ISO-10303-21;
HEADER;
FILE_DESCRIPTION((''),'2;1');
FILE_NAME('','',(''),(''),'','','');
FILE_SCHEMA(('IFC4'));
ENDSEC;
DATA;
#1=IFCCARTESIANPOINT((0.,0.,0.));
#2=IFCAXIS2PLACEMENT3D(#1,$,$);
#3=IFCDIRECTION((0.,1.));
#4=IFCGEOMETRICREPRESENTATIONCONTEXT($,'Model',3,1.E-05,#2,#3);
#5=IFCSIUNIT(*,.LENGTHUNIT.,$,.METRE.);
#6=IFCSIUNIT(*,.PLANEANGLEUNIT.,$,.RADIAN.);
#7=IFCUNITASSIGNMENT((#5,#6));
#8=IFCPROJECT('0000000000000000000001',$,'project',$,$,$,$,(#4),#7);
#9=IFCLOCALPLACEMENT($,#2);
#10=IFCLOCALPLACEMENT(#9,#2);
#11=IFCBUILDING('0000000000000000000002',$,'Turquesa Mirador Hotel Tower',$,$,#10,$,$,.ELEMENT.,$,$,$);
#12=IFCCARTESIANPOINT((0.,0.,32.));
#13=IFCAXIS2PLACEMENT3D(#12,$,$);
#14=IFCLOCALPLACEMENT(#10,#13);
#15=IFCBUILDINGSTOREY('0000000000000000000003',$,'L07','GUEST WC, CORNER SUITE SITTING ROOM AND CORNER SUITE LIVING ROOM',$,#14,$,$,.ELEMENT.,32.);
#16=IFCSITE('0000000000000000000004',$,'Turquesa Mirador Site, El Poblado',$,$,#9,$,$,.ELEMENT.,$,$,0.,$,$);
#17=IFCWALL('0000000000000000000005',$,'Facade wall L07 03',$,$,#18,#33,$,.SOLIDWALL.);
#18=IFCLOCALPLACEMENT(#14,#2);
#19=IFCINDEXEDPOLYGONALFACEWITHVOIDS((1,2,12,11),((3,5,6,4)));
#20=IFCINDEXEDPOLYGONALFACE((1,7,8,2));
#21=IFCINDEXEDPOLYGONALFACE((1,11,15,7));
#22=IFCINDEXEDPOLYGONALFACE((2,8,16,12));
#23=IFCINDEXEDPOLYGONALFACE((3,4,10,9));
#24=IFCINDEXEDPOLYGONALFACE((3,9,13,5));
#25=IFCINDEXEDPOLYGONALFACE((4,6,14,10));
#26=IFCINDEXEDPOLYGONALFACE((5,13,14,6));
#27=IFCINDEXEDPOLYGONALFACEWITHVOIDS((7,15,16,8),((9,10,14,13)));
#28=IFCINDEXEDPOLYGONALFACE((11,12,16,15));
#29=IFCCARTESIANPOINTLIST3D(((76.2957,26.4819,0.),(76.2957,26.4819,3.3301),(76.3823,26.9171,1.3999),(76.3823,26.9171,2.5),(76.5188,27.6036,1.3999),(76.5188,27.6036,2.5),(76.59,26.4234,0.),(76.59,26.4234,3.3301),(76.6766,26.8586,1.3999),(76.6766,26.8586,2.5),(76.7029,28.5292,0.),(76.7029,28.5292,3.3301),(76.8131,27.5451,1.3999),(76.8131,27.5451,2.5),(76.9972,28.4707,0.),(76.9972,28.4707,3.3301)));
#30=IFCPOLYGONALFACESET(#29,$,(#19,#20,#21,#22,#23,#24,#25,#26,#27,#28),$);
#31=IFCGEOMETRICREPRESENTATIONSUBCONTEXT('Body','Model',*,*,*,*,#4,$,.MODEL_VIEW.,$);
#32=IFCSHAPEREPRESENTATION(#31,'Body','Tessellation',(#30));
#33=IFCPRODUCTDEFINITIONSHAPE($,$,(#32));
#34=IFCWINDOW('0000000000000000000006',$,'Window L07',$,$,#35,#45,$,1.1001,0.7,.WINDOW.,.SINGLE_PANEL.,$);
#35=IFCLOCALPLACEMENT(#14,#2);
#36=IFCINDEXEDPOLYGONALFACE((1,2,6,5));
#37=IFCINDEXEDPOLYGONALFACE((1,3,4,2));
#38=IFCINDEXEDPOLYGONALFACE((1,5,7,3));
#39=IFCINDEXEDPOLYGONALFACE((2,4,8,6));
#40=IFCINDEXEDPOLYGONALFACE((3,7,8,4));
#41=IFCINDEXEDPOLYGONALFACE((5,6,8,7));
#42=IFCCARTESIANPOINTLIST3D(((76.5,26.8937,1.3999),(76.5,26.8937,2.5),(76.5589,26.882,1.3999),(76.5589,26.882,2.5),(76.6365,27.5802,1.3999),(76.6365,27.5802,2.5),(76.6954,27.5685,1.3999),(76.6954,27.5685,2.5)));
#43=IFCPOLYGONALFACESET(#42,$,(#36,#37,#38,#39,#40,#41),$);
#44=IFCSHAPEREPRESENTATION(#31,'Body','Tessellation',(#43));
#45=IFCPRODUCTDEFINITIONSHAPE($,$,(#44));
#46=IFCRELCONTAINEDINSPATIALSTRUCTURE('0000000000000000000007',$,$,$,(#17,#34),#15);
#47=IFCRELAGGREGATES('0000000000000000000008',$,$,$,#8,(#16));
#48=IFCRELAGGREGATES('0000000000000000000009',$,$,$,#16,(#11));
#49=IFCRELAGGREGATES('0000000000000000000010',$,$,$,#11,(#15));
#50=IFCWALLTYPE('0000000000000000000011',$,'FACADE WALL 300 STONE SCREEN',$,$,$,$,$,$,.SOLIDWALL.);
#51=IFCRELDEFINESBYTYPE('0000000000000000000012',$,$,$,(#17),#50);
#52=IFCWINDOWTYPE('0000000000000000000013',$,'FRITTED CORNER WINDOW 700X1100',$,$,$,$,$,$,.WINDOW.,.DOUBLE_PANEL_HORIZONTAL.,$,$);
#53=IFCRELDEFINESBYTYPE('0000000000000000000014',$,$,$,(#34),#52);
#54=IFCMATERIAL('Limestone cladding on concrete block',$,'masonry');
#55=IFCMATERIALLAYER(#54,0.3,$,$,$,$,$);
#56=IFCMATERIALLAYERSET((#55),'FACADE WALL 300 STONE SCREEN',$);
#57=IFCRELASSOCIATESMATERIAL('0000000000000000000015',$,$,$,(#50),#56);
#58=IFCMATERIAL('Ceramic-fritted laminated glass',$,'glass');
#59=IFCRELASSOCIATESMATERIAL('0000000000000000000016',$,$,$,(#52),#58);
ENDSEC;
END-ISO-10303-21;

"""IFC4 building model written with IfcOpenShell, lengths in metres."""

from ifc_helpers import new_model, si_unit, direction, frame, frame_2d, origin, place, context, subcontext, project, spatial, rectangle, extrude, material, layer, layer_set, type_object, element, fill, save


model = new_model("IFC4")

# Units and contexts
model_context = context("Model", 3, precision=1e-05, world=origin(), true_north=direction((0.0, 1.0)))
body_context = subcontext(model_context, "Body", "Model", "MODEL_VIEW")
ifc_project = project(units=[si_unit("LENGTHUNIT", "METRE"), si_unit("PLANEANGLEUNIT", "RADIAN")], contexts=[model_context])

# Site, building, storey
site_placement = place(None, origin())
site = spatial("IfcSite", under=ifc_project, at=site_placement, Name="Turquesa Mirador Site, El Poblado", CompositionType="ELEMENT", RefElevation=0.0)
building_placement = place(site_placement, origin())
building = spatial("IfcBuilding", under=site, at=building_placement, Name="Turquesa Mirador Hotel Tower", CompositionType="ELEMENT")
storey_placement = place(building_placement, frame((0.0, 0.0, 32.0)))
storey = spatial("IfcBuildingStorey", under=building, at=storey_placement, Name="L07", Description="GUEST WC, CORNER SUITE SITTING ROOM AND CORNER SUITE LIVING ROOM", CompositionType="ELEMENT", Elevation=32.0)

# Wall, opening, window
ifc_material_1 = material(Name="Limestone cladding on concrete block", Category="masonry")
ifc_layer = layer(ifc_material_1, 0.3)
ifc_layer_set = layer_set([ifc_layer], Name="FACADE WALL 300 STONE SCREEN")
wall_type = type_object("IfcWallType", Name="FACADE WALL 300 STONE SCREEN", PredefinedType="SOLIDWALL", material=ifc_layer_set)
wall_1_placement = place(storey_placement, frame((76.4429, 26.4526, 0.0), z_axis=(0.0, 0.0, 1.0), x_axis=(0.195081, 0.980787, 0.0)))
wall_1 = element("IfcWall", 1, at=wall_1_placement, inside=storey, type_object=wall_type, Name="Facade wall L07 03", PredefinedType="SOLIDWALL", context=body_context, shape_type="SweptSolid", body=[
    extrude(rectangle(XDim=2.0874, YDim=0.3, at=frame_2d((1.0437, 0.0))), origin(), (0.0, 0.0, 1.0), 3.3301),
])
opening_1_placement = place(wall_1_placement, frame((0.4436, 0.0, 1.3999)))
opening_1 = element("IfcOpeningElement", 2, at=opening_1_placement, cuts=wall_1, PredefinedType="OPENING", context=body_context, shape_type="SweptSolid", body=[
    extrude(rectangle(XDim=0.7, YDim=1.1001, at=frame_2d((0.3501, 0.55))), frame((0.0, 0.1599, 0.0), z_axis=(0.0, -1.0, 0.0), x_axis=(1.0, 0.0, 0.0)), (0.0, 0.0, 1.0), 0.3201),
])
ifc_material_2 = material(Name="Ceramic-fritted laminated glass", Category="glass")
window_type_1 = type_object("IfcWindowType", Name="FRITTED CORNER WINDOW 700X1100", PartitioningType="DOUBLE_PANEL_HORIZONTAL", PredefinedType="WINDOW", material=ifc_material_2)
window_1_placement = place(opening_1_placement, origin())
window_1 = element("IfcWindow", 3, at=window_1_placement, inside=storey, type_object=window_type_1, Name="Window L07", OverallHeight=1.1001, OverallWidth=0.7, PartitioningType="SINGLE_PANEL", PredefinedType="WINDOW", context=body_context, shape_type="SweptSolid", body=[
    extrude(rectangle(XDim=0.7, YDim=1.1001, at=frame_2d((0.3501, 0.55))), frame((0.0, 0.03, 0.0), z_axis=(0.0, -1.0, 0.0), x_axis=(1.0, 0.0, 0.0)), (0.0, 0.0, 1.0), 0.0601),
])
fill(opening_1, window_1)

save(model, "model.ifc")
